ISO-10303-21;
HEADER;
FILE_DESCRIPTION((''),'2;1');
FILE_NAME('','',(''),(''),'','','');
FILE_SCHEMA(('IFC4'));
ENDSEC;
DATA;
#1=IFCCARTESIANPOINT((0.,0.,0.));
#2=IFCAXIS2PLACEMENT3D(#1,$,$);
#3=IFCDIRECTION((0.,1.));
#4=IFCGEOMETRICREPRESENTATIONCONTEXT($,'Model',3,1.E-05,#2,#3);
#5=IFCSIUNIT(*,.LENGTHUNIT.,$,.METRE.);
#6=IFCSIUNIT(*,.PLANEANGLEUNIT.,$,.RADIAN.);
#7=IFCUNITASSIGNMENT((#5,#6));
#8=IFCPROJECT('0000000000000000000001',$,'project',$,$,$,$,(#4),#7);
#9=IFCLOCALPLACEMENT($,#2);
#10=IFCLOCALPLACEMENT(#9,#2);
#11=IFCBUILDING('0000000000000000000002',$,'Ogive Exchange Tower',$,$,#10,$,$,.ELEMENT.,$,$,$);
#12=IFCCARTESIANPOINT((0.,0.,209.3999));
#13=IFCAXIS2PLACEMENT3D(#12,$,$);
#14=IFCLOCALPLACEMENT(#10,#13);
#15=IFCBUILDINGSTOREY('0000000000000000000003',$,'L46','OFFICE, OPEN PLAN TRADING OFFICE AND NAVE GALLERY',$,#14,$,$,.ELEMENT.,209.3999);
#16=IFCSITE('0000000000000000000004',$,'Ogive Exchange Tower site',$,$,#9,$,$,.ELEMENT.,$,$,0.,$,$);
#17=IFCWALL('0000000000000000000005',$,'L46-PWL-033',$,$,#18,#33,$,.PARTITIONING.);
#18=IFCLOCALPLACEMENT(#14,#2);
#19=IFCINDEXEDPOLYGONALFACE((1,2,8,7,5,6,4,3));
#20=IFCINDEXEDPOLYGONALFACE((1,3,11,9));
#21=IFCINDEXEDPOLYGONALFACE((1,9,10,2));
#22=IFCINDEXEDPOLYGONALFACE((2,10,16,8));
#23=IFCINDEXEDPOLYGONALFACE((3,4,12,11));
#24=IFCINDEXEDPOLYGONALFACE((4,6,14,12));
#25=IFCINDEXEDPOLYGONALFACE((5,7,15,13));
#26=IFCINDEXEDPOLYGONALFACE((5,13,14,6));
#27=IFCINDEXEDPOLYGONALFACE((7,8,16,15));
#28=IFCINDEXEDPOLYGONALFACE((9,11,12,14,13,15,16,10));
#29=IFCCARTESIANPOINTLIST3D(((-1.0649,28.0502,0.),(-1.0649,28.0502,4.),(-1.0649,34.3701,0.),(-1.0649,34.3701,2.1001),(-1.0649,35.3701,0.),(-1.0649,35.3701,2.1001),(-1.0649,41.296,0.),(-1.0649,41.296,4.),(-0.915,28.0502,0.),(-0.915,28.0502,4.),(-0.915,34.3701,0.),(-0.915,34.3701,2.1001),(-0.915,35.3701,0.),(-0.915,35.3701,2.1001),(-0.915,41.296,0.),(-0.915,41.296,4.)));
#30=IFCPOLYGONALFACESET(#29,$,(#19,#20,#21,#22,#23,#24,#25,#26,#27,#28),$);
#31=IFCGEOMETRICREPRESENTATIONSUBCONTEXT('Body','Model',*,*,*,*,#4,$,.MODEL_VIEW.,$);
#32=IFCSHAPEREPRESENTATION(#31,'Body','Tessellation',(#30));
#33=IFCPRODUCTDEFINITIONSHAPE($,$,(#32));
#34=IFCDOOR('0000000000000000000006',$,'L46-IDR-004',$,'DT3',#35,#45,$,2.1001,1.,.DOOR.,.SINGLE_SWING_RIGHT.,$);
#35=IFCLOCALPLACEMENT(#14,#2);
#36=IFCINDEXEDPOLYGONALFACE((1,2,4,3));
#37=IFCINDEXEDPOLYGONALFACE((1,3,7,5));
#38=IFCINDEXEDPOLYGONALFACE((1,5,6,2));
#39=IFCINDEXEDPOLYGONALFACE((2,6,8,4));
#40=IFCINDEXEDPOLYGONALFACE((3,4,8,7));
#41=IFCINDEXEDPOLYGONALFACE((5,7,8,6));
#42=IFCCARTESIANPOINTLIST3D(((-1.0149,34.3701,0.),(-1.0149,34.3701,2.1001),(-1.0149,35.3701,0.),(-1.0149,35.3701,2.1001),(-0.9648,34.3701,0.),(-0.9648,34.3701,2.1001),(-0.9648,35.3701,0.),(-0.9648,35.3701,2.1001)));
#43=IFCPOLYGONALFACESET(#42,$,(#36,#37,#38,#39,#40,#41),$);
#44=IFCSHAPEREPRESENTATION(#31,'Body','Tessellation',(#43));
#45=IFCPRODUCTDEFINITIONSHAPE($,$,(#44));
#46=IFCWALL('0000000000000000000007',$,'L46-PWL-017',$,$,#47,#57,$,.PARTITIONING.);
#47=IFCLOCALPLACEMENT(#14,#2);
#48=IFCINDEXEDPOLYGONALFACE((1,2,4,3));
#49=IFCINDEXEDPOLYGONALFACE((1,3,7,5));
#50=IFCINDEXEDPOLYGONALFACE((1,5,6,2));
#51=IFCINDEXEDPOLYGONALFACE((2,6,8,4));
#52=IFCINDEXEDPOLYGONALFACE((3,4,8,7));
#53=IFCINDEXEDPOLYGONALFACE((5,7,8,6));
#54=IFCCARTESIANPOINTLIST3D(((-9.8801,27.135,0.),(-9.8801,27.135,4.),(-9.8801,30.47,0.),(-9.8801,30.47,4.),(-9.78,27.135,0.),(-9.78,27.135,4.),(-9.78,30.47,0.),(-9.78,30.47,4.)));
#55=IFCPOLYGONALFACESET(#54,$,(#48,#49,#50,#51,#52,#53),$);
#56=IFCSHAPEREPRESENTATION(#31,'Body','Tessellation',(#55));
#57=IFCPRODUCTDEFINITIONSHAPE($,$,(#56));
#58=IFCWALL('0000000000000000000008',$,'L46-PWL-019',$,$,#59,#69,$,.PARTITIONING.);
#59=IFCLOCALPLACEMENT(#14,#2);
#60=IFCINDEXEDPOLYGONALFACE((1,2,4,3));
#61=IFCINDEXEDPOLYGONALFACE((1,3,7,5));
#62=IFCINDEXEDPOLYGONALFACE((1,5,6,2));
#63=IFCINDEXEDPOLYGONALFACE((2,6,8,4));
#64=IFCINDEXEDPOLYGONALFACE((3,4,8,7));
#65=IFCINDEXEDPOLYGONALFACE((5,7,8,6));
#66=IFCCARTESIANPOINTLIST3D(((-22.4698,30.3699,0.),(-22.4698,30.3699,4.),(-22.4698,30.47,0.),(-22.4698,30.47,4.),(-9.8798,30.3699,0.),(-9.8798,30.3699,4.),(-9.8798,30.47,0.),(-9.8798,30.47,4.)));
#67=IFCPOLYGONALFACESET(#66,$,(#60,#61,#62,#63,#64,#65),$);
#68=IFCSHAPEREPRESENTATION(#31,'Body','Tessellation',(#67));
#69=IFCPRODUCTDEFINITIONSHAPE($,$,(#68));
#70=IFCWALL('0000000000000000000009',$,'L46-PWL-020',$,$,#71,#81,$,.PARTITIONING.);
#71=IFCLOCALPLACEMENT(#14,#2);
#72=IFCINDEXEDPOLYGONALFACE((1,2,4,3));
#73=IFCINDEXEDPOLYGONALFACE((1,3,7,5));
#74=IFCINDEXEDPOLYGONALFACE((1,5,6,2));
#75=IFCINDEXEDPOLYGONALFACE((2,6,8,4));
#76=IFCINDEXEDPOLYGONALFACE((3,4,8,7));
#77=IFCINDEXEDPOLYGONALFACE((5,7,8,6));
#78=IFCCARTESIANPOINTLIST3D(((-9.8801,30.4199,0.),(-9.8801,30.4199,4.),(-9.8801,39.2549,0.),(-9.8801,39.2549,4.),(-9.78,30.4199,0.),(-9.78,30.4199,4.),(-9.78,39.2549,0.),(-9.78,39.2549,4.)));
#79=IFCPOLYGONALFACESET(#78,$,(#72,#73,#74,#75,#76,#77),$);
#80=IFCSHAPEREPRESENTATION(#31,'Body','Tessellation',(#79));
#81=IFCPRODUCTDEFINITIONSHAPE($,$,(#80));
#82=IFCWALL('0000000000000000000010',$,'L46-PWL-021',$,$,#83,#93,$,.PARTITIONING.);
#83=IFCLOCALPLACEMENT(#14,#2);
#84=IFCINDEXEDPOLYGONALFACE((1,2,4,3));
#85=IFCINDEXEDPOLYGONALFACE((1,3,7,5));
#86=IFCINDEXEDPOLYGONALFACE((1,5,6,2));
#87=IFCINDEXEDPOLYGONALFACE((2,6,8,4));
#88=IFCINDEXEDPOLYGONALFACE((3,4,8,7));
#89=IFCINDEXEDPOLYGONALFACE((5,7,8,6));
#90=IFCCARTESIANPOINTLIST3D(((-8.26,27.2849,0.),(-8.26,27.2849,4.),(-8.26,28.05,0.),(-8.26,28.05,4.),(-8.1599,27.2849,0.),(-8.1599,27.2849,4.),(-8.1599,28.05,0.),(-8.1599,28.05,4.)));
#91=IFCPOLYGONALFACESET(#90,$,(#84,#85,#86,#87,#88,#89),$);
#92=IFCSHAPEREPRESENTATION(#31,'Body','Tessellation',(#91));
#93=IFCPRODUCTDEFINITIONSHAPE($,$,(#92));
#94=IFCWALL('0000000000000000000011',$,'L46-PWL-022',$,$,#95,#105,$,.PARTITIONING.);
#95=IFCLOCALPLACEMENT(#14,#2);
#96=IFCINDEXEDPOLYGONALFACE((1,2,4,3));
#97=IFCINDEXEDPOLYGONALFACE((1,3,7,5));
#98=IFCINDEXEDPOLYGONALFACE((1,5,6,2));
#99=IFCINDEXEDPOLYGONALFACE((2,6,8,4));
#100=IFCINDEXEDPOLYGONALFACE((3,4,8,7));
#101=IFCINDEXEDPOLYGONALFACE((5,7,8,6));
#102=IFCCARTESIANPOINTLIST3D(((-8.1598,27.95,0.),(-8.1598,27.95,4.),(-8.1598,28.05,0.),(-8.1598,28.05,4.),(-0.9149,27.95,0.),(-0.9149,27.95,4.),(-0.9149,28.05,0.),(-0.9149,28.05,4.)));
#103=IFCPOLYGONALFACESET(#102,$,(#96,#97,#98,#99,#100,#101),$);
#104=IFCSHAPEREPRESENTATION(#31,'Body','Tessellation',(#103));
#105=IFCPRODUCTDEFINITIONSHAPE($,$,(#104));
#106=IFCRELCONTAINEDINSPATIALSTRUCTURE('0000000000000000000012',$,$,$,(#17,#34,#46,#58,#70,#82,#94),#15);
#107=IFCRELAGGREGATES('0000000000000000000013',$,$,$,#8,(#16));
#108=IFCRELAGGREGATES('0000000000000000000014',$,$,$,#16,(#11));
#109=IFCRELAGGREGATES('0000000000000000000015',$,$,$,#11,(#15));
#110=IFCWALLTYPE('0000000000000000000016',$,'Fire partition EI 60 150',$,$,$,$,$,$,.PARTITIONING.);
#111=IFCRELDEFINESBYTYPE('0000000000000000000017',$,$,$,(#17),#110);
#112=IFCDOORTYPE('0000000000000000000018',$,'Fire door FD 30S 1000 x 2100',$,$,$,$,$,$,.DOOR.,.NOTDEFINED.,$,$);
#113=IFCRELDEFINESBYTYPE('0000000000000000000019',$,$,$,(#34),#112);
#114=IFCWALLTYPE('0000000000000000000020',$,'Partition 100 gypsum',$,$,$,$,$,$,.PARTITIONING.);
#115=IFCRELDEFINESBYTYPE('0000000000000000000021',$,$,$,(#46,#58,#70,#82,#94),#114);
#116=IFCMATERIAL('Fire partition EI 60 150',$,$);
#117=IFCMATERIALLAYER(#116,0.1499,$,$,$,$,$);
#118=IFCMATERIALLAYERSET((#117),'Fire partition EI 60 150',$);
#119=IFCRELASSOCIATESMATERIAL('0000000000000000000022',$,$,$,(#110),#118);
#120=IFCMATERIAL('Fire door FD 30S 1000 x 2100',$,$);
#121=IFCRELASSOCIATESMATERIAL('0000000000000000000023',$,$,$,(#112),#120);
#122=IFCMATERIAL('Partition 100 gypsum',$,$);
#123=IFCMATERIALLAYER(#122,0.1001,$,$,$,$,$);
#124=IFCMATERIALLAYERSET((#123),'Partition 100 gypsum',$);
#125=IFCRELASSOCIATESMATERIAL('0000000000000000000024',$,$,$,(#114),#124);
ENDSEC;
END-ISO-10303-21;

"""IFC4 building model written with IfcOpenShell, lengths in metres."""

from ifc_helpers import new_model, si_unit, direction, frame, frame_2d, origin, place, context, subcontext, project, spatial, rectangle, extrude, material, layer, layer_set, type_object, element, fill, save


model = new_model("IFC4")

# Units and contexts
model_context = context("Model", 3, precision=1e-05, world=origin(), true_north=direction((0.0, 1.0)))
body_context = subcontext(model_context, "Body", "Model", "MODEL_VIEW")
ifc_project = project(units=[si_unit("LENGTHUNIT", "METRE"), si_unit("PLANEANGLEUNIT", "RADIAN")], contexts=[model_context])

# Site, building, storey
site_placement = place(None, origin())
site = spatial("IfcSite", under=ifc_project, at=site_placement, Name="Ogive Exchange Tower site", CompositionType="ELEMENT", RefElevation=0.0)
building_placement = place(site_placement, origin())
building = spatial("IfcBuilding", under=site, at=building_placement, Name="Ogive Exchange Tower", CompositionType="ELEMENT")
storey_placement = place(building_placement, frame((0.0, 0.0, 209.3999)))
storey = spatial("IfcBuildingStorey", under=building, at=storey_placement, Name="L46", Description="OFFICE, OPEN PLAN TRADING OFFICE AND NAVE GALLERY", CompositionType="ELEMENT", Elevation=209.3999)

# Shared definitions
ifc_material_1 = material(Name="Fire partition EI 60 150")
ifc_layer_1 = layer(ifc_material_1, 0.1499)
ifc_layer_set_1 = layer_set([ifc_layer_1], Name="Fire partition EI 60 150")
wall_type_1 = type_object("IfcWallType", Name="Fire partition EI 60 150", PredefinedType="PARTITIONING", material=ifc_layer_set_1)

# Wall, opening, door
wall_1_placement = place(storey_placement, frame((-0.99, 28.05, 0.0), z_axis=(0.0, 0.0, 1.0), x_axis=(0.0, 1.0, 0.0)))
wall_1 = element("IfcWall", 1, at=wall_1_placement, inside=storey, type_object=wall_type_1, Name="L46-PWL-033", PredefinedType="PARTITIONING", context=body_context, shape_type="SweptSolid", body=[
    extrude(rectangle(XDim=13.2458, YDim=0.1499, at=frame_2d((6.623, 0.0))), origin(), (0.0, 0.0, 1.0), 4.0),
])
opening_placement = place(wall_1_placement, frame((6.3201, 0.0, 0.0)))
opening = element("IfcOpeningElement", 2, at=opening_placement, cuts=wall_1, PredefinedType="OPENING", context=body_context, shape_type="SweptSolid", body=[
    extrude(rectangle(XDim=1.0, YDim=2.1001, at=frame_2d((0.5, 1.05))), frame((0.0, 0.085, 0.0), z_axis=(0.0, -1.0, 0.0), x_axis=(1.0, 0.0, 0.0)), (0.0, 0.0, 1.0), 0.1699),
])
ifc_material_2 = material(Name="Fire door FD 30S 1000 x 2100")
door_type = type_object("IfcDoorType", Name="Fire door FD 30S 1000 x 2100", OperationType="NOTDEFINED", PredefinedType="DOOR", material=ifc_material_2)
door_placement = place(opening_placement, origin())
door = element("IfcDoor", 3, at=door_placement, inside=storey, type_object=door_type, Name="L46-IDR-004", ObjectType="DT3", OperationType="SINGLE_SWING_RIGHT", OverallHeight=2.1001, OverallWidth=1.0, PredefinedType="DOOR", context=body_context, shape_type="SweptSolid", body=[
    extrude(rectangle(XDim=1.0, YDim=2.1001, at=frame_2d((0.5, 1.05))), frame((0.0, 0.0249, 0.0), z_axis=(0.0, -1.0, 0.0), x_axis=(1.0, 0.0, 0.0)), (0.0, 0.0, 1.0), 0.05),
])
fill(opening, door)

# Walls
ifc_material_3 = material(Name="Partition 100 gypsum")
ifc_layer_2 = layer(ifc_material_3, 0.1001)
ifc_layer_set_2 = layer_set([ifc_layer_2], Name="Partition 100 gypsum")
wall_type_2 = type_object("IfcWallType", Name="Partition 100 gypsum", PredefinedType="PARTITIONING", material=ifc_layer_set_2)
wall_2_placement = place(storey_placement, frame((-9.8301, 27.135, 0.0), z_axis=(0.0, 0.0, 1.0), x_axis=(0.0, 1.0, 0.0)))
element("IfcWall", 4, at=wall_2_placement, inside=storey, type_object=wall_type_2, Name="L46-PWL-017", PredefinedType="PARTITIONING", context=body_context, shape_type="SweptSolid", body=[
    extrude(rectangle(XDim=3.335, YDim=0.1001, at=frame_2d((1.6675, 0.0))), origin(), (0.0, 0.0, 1.0), 4.0),
])
wall_3_placement = place(storey_placement, frame((-9.8799, 30.4199, 0.0), z_axis=(0.0, 0.0, 1.0), x_axis=(-1.0, 0.0, 0.0)))
element("IfcWall", 5, at=wall_3_placement, inside=storey, type_object=wall_type_2, Name="L46-PWL-019", PredefinedType="PARTITIONING", context=body_context, shape_type="SweptSolid", body=[
    extrude(rectangle(XDim=12.5901, YDim=0.1001, at=frame_2d((6.2949, 0.0))), origin(), (0.0, 0.0, 1.0), 4.0),
])
wall_4_placement = place(storey_placement, frame((-9.8301, 30.4199, 0.0), z_axis=(0.0, 0.0, 1.0), x_axis=(0.0, 1.0, 0.0)))
element("IfcWall", 6, at=wall_4_placement, inside=storey, type_object=wall_type_2, Name="L46-PWL-020", PredefinedType="PARTITIONING", context=body_context, shape_type="SweptSolid", body=[
    extrude(rectangle(XDim=8.835, YDim=0.1001, at=frame_2d((4.4175, 0.0))), origin(), (0.0, 0.0, 1.0), 4.0),
])
wall_5_placement = place(storey_placement, frame((-8.21, 27.2849, 0.0), z_axis=(0.0, 0.0, 1.0), x_axis=(0.0, 1.0, 0.0)))
element("IfcWall", 7, at=wall_5_placement, inside=storey, type_object=wall_type_2, Name="L46-PWL-021", PredefinedType="PARTITIONING", context=body_context, shape_type="SweptSolid", body=[
    extrude(rectangle(XDim=0.7651, YDim=0.1001, at=frame_2d((0.3826, 0.0))), origin(), (0.0, 0.0, 1.0), 4.0),
])
wall_6_placement = place(storey_placement, frame((-8.1599, 28.0, 0.0), z_axis=(0.0, 0.0, 1.0), x_axis=(1.0, 0.0, 0.0)))
element("IfcWall", 8, at=wall_6_placement, inside=storey, type_object=wall_type_2, Name="L46-PWL-022", PredefinedType="PARTITIONING", context=body_context, shape_type="SweptSolid", body=[
    extrude(rectangle(XDim=7.2449, YDim=0.1001, at=frame_2d((3.6226, 0.0))), origin(), (0.0, 0.0, 1.0), 4.0),
])

save(model, "model.ifc")
